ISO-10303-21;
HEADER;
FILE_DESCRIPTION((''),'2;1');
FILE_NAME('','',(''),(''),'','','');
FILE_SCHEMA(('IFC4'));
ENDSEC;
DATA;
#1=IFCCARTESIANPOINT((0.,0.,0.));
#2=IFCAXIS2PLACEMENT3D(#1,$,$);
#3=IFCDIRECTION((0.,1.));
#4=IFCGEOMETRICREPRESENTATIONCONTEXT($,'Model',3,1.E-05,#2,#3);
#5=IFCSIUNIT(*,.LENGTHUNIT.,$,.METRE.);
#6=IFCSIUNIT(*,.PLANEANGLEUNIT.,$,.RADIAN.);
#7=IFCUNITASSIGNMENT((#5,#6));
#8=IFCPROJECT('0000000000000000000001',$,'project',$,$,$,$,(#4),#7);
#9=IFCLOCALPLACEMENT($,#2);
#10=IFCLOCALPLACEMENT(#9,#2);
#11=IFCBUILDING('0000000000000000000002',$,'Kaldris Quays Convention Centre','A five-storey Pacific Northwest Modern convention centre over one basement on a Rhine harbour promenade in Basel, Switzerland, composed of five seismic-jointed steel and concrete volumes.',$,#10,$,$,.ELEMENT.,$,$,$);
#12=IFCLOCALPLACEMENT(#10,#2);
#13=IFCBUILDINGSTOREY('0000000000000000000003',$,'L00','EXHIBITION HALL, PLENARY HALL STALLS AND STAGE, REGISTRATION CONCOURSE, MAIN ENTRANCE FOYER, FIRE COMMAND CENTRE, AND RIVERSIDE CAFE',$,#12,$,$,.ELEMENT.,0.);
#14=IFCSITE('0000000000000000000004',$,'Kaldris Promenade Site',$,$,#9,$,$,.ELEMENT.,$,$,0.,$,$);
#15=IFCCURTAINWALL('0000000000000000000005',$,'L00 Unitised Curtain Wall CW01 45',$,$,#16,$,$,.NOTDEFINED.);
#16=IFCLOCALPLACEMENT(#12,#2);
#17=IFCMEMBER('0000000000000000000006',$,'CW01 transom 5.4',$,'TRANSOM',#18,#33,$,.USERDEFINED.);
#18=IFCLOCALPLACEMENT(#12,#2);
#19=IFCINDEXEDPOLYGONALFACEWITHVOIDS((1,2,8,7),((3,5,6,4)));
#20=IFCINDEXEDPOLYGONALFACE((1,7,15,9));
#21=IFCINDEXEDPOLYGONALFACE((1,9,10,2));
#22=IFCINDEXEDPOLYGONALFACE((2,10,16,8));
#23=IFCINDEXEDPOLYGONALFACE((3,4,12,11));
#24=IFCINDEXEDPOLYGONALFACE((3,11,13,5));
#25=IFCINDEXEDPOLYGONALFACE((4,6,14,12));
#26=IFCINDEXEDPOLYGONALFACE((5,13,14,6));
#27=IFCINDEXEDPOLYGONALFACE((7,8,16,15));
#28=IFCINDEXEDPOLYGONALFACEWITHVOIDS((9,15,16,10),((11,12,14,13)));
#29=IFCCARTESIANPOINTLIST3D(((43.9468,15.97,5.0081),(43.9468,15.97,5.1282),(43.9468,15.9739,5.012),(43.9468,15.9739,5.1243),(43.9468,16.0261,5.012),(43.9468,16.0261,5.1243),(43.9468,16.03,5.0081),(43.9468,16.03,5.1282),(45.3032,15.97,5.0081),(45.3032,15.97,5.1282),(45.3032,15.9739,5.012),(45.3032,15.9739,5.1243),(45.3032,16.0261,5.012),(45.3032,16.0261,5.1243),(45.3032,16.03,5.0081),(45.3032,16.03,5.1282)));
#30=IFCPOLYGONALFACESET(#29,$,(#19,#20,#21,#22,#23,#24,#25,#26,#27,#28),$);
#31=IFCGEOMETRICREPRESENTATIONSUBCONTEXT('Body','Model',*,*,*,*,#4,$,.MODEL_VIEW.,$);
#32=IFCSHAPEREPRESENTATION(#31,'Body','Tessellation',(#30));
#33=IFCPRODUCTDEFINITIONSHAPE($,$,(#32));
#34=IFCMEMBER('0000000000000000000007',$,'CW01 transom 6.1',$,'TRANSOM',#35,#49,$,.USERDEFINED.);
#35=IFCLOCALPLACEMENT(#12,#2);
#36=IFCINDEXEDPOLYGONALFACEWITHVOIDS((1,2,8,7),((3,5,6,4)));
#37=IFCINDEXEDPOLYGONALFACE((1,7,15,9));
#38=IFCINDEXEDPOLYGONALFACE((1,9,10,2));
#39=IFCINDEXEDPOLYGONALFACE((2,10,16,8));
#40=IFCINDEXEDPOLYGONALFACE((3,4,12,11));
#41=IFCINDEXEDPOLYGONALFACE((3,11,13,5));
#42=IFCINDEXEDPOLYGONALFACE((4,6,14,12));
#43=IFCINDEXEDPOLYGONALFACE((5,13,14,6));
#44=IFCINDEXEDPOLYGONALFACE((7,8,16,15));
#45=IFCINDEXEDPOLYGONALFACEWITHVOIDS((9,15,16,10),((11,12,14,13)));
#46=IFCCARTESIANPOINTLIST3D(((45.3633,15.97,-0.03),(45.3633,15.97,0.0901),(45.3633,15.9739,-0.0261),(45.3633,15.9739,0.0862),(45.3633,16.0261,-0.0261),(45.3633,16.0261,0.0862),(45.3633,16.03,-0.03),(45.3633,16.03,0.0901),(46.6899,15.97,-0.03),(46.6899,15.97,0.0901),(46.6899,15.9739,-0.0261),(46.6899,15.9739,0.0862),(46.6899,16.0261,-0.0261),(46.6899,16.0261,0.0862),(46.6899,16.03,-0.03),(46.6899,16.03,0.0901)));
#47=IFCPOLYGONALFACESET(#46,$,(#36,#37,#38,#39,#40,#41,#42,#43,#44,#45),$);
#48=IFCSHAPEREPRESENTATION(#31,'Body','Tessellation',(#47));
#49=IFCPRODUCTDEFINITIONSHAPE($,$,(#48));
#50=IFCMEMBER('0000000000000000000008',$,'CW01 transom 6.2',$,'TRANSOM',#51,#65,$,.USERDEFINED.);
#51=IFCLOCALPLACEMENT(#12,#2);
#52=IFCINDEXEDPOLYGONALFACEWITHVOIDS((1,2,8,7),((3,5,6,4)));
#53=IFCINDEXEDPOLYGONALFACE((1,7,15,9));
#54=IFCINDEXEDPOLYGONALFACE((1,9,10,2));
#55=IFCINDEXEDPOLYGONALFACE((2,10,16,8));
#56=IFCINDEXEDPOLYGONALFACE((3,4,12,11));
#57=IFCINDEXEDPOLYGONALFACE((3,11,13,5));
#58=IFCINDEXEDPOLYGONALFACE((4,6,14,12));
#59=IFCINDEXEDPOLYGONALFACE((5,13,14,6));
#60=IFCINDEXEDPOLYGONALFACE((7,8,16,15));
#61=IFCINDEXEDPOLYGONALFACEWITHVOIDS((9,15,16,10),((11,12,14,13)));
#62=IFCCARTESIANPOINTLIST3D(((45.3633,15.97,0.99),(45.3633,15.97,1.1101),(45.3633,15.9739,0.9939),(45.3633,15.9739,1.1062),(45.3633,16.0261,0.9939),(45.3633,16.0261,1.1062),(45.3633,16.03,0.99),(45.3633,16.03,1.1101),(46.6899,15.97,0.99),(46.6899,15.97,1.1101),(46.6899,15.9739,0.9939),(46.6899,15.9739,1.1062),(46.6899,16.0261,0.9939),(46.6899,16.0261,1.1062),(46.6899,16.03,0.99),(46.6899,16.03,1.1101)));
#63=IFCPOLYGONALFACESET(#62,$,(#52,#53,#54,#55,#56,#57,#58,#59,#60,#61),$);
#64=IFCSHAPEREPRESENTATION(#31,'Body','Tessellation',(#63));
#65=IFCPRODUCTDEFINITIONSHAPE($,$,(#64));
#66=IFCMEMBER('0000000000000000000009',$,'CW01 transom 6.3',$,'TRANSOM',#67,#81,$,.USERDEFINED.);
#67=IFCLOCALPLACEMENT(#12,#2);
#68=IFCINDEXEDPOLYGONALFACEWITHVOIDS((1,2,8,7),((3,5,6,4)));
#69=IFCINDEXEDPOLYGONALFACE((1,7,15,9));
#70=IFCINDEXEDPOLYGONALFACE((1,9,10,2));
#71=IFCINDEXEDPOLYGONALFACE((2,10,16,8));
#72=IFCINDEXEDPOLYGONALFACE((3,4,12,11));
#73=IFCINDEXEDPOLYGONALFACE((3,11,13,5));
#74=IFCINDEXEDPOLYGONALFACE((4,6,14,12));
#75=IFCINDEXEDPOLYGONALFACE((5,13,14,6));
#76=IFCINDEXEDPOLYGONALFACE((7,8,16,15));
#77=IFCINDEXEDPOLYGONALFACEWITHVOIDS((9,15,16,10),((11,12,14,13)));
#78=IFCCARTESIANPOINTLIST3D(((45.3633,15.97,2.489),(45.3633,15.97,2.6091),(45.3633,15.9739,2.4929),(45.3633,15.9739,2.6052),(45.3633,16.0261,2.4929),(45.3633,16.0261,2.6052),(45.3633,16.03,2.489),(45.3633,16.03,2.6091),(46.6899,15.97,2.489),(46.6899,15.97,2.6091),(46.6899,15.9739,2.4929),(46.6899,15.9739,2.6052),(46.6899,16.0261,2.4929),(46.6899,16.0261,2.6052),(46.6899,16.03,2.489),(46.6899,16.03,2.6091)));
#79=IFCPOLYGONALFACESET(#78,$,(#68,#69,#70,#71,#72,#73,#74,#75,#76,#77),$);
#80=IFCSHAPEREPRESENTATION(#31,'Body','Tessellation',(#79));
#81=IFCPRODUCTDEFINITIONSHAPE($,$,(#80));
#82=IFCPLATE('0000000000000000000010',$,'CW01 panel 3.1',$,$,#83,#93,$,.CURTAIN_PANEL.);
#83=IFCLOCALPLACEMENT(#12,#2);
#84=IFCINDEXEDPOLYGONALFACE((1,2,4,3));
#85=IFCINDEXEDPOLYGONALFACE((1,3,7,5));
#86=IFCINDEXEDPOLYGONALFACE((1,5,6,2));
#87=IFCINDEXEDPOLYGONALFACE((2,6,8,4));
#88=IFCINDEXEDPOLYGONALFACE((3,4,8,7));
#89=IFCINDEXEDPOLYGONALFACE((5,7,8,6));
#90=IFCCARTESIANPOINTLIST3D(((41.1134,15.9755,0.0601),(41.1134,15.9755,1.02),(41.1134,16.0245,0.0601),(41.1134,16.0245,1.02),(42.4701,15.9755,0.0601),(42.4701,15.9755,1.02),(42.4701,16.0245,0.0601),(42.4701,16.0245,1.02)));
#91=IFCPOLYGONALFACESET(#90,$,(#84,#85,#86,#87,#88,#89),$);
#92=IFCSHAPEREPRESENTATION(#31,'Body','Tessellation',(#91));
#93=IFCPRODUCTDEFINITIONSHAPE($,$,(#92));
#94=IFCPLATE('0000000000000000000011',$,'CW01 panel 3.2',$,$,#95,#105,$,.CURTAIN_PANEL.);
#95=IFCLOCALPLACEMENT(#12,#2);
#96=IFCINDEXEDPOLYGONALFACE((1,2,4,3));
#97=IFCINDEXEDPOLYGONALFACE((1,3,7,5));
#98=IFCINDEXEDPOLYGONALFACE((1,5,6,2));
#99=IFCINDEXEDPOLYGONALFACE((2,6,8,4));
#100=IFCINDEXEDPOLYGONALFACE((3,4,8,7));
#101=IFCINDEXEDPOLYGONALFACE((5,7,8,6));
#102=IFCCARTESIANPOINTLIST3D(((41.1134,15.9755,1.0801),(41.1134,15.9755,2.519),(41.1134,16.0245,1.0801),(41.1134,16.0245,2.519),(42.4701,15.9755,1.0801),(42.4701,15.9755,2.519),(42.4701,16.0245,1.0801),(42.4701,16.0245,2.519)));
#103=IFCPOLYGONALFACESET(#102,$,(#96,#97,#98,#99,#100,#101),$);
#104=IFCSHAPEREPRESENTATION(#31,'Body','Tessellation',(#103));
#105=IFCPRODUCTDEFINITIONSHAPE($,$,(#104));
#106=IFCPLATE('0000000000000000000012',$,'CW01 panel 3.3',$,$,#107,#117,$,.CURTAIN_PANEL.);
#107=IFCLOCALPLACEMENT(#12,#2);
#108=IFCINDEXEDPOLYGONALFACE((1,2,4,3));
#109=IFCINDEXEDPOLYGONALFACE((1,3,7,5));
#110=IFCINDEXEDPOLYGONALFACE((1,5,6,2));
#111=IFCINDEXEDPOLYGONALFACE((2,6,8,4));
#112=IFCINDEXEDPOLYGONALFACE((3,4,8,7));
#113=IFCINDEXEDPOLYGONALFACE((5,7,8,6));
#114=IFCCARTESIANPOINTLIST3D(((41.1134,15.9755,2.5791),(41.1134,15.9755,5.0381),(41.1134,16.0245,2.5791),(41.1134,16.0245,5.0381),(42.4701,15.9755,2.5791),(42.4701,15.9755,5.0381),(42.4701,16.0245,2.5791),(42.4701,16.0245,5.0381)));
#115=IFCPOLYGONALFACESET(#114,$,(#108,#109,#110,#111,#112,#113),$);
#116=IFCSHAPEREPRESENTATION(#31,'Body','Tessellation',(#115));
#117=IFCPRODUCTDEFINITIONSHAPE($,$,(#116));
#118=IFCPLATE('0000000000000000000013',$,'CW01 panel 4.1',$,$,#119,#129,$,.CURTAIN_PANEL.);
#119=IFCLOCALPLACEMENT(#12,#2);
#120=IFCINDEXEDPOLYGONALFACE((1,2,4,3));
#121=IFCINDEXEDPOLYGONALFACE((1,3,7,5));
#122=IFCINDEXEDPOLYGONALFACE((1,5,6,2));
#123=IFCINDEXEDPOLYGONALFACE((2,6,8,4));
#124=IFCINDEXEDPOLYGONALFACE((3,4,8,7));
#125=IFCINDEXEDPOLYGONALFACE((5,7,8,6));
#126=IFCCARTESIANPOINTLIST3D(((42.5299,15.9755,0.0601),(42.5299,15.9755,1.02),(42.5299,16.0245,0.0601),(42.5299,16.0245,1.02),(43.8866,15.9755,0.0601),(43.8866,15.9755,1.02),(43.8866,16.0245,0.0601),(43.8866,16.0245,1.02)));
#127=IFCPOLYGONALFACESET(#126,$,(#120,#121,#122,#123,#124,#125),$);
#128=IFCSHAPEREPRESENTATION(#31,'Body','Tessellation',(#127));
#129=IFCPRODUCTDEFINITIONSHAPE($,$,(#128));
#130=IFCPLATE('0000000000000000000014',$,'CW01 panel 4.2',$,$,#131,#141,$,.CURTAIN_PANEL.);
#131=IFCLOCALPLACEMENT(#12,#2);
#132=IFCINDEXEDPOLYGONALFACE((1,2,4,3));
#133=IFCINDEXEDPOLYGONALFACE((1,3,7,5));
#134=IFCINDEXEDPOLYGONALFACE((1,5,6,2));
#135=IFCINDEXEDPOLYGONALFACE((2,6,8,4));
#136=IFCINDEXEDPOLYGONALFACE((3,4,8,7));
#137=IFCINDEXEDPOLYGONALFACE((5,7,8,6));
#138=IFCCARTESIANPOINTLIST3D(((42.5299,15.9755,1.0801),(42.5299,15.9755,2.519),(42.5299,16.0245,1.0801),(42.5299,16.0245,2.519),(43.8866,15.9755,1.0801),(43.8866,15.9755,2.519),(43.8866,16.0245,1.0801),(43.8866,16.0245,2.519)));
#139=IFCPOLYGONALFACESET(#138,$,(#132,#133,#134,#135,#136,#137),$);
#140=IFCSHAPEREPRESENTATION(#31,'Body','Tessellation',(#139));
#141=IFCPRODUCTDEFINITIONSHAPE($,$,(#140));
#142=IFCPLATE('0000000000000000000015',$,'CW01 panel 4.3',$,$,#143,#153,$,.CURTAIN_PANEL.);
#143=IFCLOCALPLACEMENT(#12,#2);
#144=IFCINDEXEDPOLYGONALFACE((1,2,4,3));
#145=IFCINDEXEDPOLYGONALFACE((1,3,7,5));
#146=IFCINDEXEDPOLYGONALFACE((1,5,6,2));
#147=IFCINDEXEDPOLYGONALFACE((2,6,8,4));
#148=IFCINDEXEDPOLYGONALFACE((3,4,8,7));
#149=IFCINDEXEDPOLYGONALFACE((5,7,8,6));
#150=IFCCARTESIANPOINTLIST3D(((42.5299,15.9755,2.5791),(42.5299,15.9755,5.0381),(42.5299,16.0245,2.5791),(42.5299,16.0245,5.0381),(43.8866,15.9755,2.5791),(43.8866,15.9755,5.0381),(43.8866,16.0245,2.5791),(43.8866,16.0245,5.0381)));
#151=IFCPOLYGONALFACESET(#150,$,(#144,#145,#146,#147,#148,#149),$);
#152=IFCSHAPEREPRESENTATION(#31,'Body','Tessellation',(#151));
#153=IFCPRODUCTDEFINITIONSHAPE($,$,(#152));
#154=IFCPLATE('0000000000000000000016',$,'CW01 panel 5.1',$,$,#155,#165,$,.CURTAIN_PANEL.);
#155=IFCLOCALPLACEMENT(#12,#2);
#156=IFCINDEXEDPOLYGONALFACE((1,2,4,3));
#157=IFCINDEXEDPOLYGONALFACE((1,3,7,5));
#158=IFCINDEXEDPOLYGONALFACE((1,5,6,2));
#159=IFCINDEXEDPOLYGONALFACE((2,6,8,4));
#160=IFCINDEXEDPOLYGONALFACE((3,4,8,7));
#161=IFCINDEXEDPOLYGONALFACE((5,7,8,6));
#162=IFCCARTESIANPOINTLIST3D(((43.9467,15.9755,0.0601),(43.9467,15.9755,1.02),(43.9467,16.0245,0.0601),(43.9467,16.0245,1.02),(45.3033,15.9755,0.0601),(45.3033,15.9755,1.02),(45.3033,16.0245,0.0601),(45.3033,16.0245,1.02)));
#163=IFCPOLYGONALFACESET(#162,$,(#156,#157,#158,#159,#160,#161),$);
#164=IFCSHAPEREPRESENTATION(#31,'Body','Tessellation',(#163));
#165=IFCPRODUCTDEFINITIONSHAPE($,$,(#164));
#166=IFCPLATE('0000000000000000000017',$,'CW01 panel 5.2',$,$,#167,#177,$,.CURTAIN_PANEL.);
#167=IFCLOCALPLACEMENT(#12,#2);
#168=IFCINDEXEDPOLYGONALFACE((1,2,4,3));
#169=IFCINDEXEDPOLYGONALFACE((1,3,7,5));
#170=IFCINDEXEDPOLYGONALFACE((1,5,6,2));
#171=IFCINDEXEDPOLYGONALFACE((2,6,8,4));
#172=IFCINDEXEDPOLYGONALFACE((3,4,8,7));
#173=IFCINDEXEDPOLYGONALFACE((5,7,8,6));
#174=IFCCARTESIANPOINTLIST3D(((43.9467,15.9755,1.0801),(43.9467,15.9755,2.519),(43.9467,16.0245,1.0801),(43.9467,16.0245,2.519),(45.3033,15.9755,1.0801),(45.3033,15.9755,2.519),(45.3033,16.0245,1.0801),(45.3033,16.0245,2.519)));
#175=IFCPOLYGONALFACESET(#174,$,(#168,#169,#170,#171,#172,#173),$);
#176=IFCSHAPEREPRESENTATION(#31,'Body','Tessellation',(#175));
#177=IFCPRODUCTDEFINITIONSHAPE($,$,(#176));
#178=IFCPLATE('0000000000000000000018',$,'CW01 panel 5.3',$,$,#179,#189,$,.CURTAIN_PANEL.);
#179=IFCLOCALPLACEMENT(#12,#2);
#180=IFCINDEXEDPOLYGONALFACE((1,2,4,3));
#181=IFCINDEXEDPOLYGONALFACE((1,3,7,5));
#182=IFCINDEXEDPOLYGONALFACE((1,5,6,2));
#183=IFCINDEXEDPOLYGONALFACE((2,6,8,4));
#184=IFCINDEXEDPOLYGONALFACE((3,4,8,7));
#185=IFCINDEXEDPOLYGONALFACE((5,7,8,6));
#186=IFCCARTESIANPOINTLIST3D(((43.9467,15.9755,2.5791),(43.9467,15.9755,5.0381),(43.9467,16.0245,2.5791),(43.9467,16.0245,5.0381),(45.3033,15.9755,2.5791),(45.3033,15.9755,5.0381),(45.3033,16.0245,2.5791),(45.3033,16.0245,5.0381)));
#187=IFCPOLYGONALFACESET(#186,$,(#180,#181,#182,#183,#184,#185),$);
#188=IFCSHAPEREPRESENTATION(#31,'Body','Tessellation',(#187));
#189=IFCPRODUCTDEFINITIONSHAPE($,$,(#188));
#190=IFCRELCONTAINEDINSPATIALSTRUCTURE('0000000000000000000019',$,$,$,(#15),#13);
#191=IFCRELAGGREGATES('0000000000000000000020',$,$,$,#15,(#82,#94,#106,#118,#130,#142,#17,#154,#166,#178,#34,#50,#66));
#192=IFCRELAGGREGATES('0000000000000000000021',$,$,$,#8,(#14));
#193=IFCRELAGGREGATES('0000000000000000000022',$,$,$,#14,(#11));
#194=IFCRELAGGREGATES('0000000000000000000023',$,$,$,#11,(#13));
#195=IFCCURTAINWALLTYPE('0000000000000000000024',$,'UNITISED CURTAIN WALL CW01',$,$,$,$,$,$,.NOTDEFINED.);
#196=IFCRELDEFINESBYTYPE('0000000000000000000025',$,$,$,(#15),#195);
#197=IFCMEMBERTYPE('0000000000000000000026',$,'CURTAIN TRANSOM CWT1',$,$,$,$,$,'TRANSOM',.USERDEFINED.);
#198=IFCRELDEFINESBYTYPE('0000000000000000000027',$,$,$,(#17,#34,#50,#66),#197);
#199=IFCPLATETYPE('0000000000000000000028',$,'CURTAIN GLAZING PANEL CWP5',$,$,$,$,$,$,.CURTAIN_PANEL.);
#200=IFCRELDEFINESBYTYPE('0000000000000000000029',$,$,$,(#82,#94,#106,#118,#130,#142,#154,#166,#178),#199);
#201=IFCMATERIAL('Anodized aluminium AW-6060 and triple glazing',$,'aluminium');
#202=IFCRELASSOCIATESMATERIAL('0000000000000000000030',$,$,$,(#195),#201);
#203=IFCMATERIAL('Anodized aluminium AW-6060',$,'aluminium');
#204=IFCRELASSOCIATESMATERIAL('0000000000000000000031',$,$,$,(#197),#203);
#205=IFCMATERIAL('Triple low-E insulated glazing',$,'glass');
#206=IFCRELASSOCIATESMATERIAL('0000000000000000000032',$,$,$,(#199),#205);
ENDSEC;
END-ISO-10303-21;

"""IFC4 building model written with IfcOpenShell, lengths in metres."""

from ifc_helpers import new_model, si_unit, direction, frame, origin, origin_2d, place, context, subcontext, project, spatial, rectangle, hollow_rectangle, extrude, material, material_profile, profile_set, type_object, element, aggregate, save


model = new_model("IFC4")

# Units and contexts
model_context = context("Model", 3, precision=1e-05, world=origin(), true_north=direction((0.0, 1.0)))
body_context = subcontext(model_context, "Body", "Model", "MODEL_VIEW")
ifc_project = project(units=[si_unit("LENGTHUNIT", "METRE"), si_unit("PLANEANGLEUNIT", "RADIAN")], contexts=[model_context])

# Site, building, storey
site_placement = place(None, origin())
site = spatial("IfcSite", under=ifc_project, at=site_placement, Name="Kaldris Promenade Site", CompositionType="ELEMENT", RefElevation=0.0)
building_placement = place(site_placement, origin())
building = spatial("IfcBuilding", under=site, at=building_placement, Name="Kaldris Quays Convention Centre", Description="A five-storey Pacific Northwest Modern convention centre over one basement on a Rhine harbour promenade in Basel, Switzerland, composed of five seismic-jointed steel and concrete volumes.", CompositionType="ELEMENT")
storey_placement = place(building_placement, origin())
storey = spatial("IfcBuildingStorey", under=building, at=storey_placement, Name="L00", Description="EXHIBITION HALL, PLENARY HALL STALLS AND STAGE, REGISTRATION CONCOURSE, MAIN ENTRANCE FOYER, FIRE COMMAND CENTRE, AND RIVERSIDE CAFE", CompositionType="ELEMENT", Elevation=0.0)

# Curtain wall, members, plates
ifc_material_1 = material(Name="Anodized aluminium AW-6060 and triple glazing", Category="aluminium")
curtain_wall_type = type_object("IfcCurtainWallType", Name="UNITISED CURTAIN WALL CW01", PredefinedType="NOTDEFINED", material=ifc_material_1)
curtain_wall_placement = place(storey_placement, origin())
curtain_wall = element("IfcCurtainWall", 1, at=curtain_wall_placement, inside=storey, type_object=curtain_wall_type, Name="L00 Unitised Curtain Wall CW01 45", PredefinedType="NOTDEFINED")
ifc_material_2 = material(Name="Anodized aluminium AW-6060", Category="aluminium")
ifc_material_profile_1 = material_profile(ifc_material_2, hollow_rectangle(XDim=0.0601, YDim=0.1201, WallThickness=0.0039, at=origin_2d()), Name="RHS 120x60x4")
ifc_profile_set_1 = profile_set([ifc_material_profile_1], Name="Anodized aluminium AW-6060")
member_type_1 = type_object("IfcMemberType", Name="CURTAIN TRANSOM CWT1", ElementType="TRANSOM", PredefinedType="USERDEFINED", material=ifc_profile_set_1)
member_1_placement = place(storey_placement, frame((43.9468, 16.0, 5.0681), z_axis=(1.0, 0.0, 0.0), x_axis=(0.0, 1.0, 0.0)))
member_1 = element("IfcMember", 2, at=member_1_placement, type_object=member_type_1, Name="CW01 transom 5.4", ObjectType="TRANSOM", PredefinedType="USERDEFINED", context=body_context, shape_type="SweptSolid", body=[
    extrude(hollow_rectangle(XDim=0.0601, YDim=0.1201, WallThickness=0.0039, at=origin_2d()), origin(), (0.0, 0.0, 1.0), 1.3564),
])
member_2_placement = place(storey_placement, frame((45.3633, 16.0, 0.03), z_axis=(1.0, 0.0, 0.0), x_axis=(0.0, 1.0, 0.0)))
member_2 = element("IfcMember", 3, at=member_2_placement, type_object=member_type_1, Name="CW01 transom 6.1", ObjectType="TRANSOM", PredefinedType="USERDEFINED", context=body_context, shape_type="SweptSolid", body=[
    extrude(hollow_rectangle(XDim=0.0601, YDim=0.1201, WallThickness=0.0039, at=origin_2d()), origin(), (0.0, 0.0, 1.0), 1.3267),
])
member_3_placement = place(storey_placement, frame((45.3633, 16.0, 1.05), z_axis=(1.0, 0.0, 0.0), x_axis=(0.0, 1.0, 0.0)))
member_3 = element("IfcMember", 4, at=member_3_placement, type_object=member_type_1, Name="CW01 transom 6.2", ObjectType="TRANSOM", PredefinedType="USERDEFINED", context=body_context, shape_type="SweptSolid", body=[
    extrude(hollow_rectangle(XDim=0.0601, YDim=0.1201, WallThickness=0.0039, at=origin_2d()), origin(), (0.0, 0.0, 1.0), 1.3267),
])
member_4_placement = place(storey_placement, frame((45.3633, 16.0, 2.5491), z_axis=(1.0, 0.0, 0.0), x_axis=(0.0, 1.0, 0.0)))
member_4 = element("IfcMember", 5, at=member_4_placement, type_object=member_type_1, Name="CW01 transom 6.3", ObjectType="TRANSOM", PredefinedType="USERDEFINED", context=body_context, shape_type="SweptSolid", body=[
    extrude(hollow_rectangle(XDim=0.0601, YDim=0.1201, WallThickness=0.0039, at=origin_2d()), origin(), (0.0, 0.0, 1.0), 1.3267),
])
ifc_material_3 = material(Name="Triple low-E insulated glazing", Category="glass")
plate_type = type_object("IfcPlateType", Name="CURTAIN GLAZING PANEL CWP5", PredefinedType="CURTAIN_PANEL", material=ifc_material_3)
plate_1_placement = place(storey_placement, frame((41.7917, 16.0, 0.0601), z_axis=(0.0, 0.0, 1.0), x_axis=(1.0, 0.0, 0.0)))
plate_1 = element("IfcPlate", 6, at=plate_1_placement, type_object=plate_type, Name="CW01 panel 3.1", PredefinedType="CURTAIN_PANEL", context=body_context, shape_type="SweptSolid", body=[
    extrude(rectangle(XDim=1.3567, YDim=0.0491, at=origin_2d()), origin(), (0.0, 0.0, 1.0), 0.96),
])
plate_2_placement = place(storey_placement, frame((41.7917, 16.0, 1.0801), z_axis=(0.0, 0.0, 1.0), x_axis=(1.0, 0.0, 0.0)))
plate_2 = element("IfcPlate", 7, at=plate_2_placement, type_object=plate_type, Name="CW01 panel 3.2", PredefinedType="CURTAIN_PANEL", context=body_context, shape_type="SweptSolid", body=[
    extrude(rectangle(XDim=1.3567, YDim=0.0491, at=origin_2d()), origin(), (0.0, 0.0, 1.0), 1.439),
])
plate_3_placement = place(storey_placement, frame((41.7917, 16.0, 2.5791), z_axis=(0.0, 0.0, 1.0), x_axis=(1.0, 0.0, 0.0)))
plate_3 = element("IfcPlate", 8, at=plate_3_placement, type_object=plate_type, Name="CW01 panel 3.3", PredefinedType="CURTAIN_PANEL", context=body_context, shape_type="SweptSolid", body=[
    extrude(rectangle(XDim=1.3567, YDim=0.0491, at=origin_2d()), origin(), (0.0, 0.0, 1.0), 2.459),
])
plate_4_placement = place(storey_placement, frame((43.2083, 16.0, 0.0601), z_axis=(0.0, 0.0, 1.0), x_axis=(1.0, 0.0, 0.0)))
plate_4 = element("IfcPlate", 9, at=plate_4_placement, type_object=plate_type, Name="CW01 panel 4.1", PredefinedType="CURTAIN_PANEL", context=body_context, shape_type="SweptSolid", body=[
    extrude(rectangle(XDim=1.3567, YDim=0.0491, at=origin_2d()), origin(), (0.0, 0.0, 1.0), 0.96),
])
plate_5_placement = place(storey_placement, frame((43.2083, 16.0, 1.0801), z_axis=(0.0, 0.0, 1.0), x_axis=(1.0, 0.0, 0.0)))
plate_5 = element("IfcPlate", 10, at=plate_5_placement, type_object=plate_type, Name="CW01 panel 4.2", PredefinedType="CURTAIN_PANEL", context=body_context, shape_type="SweptSolid", body=[
    extrude(rectangle(XDim=1.3567, YDim=0.0491, at=origin_2d()), origin(), (0.0, 0.0, 1.0), 1.439),
])
plate_6_placement = place(storey_placement, frame((43.2083, 16.0, 2.5791), z_axis=(0.0, 0.0, 1.0), x_axis=(1.0, 0.0, 0.0)))
plate_6 = element("IfcPlate", 11, at=plate_6_placement, type_object=plate_type, Name="CW01 panel 4.3", PredefinedType="CURTAIN_PANEL", context=body_context, shape_type="SweptSolid", body=[
    extrude(rectangle(XDim=1.3567, YDim=0.0491, at=origin_2d()), origin(), (0.0, 0.0, 1.0), 2.459),
])
plate_7_placement = place(storey_placement, frame((44.625, 16.0, 0.0601), z_axis=(0.0, 0.0, 1.0), x_axis=(1.0, 0.0, 0.0)))
plate_7 = element("IfcPlate", 12, at=plate_7_placement, type_object=plate_type, Name="CW01 panel 5.1", PredefinedType="CURTAIN_PANEL", context=body_context, shape_type="SweptSolid", body=[
    extrude(rectangle(XDim=1.3567, YDim=0.0491, at=origin_2d()), origin(), (0.0, 0.0, 1.0), 0.96),
])
plate_8_placement = place(storey_placement, frame((44.625, 16.0, 1.0801), z_axis=(0.0, 0.0, 1.0), x_axis=(1.0, 0.0, 0.0)))
plate_8 = element("IfcPlate", 13, at=plate_8_placement, type_object=plate_type, Name="CW01 panel 5.2", PredefinedType="CURTAIN_PANEL", context=body_context, shape_type="SweptSolid", body=[
    extrude(rectangle(XDim=1.3567, YDim=0.0491, at=origin_2d()), origin(), (0.0, 0.0, 1.0), 1.439),
])
plate_9_placement = place(storey_placement, frame((44.625, 16.0, 2.5791), z_axis=(0.0, 0.0, 1.0), x_axis=(1.0, 0.0, 0.0)))
plate_9 = element("IfcPlate", 14, at=plate_9_placement, type_object=plate_type, Name="CW01 panel 5.3", PredefinedType="CURTAIN_PANEL", context=body_context, shape_type="SweptSolid", body=[
    extrude(rectangle(XDim=1.3567, YDim=0.0491, at=origin_2d()), origin(), (0.0, 0.0, 1.0), 2.459),
])
aggregate(curtain_wall, [plate_1, plate_2, plate_3, plate_4, plate_5, plate_6, member_1, plate_7, plate_8, plate_9, member_2, member_3, member_4])

save(model, "model.ifc")
